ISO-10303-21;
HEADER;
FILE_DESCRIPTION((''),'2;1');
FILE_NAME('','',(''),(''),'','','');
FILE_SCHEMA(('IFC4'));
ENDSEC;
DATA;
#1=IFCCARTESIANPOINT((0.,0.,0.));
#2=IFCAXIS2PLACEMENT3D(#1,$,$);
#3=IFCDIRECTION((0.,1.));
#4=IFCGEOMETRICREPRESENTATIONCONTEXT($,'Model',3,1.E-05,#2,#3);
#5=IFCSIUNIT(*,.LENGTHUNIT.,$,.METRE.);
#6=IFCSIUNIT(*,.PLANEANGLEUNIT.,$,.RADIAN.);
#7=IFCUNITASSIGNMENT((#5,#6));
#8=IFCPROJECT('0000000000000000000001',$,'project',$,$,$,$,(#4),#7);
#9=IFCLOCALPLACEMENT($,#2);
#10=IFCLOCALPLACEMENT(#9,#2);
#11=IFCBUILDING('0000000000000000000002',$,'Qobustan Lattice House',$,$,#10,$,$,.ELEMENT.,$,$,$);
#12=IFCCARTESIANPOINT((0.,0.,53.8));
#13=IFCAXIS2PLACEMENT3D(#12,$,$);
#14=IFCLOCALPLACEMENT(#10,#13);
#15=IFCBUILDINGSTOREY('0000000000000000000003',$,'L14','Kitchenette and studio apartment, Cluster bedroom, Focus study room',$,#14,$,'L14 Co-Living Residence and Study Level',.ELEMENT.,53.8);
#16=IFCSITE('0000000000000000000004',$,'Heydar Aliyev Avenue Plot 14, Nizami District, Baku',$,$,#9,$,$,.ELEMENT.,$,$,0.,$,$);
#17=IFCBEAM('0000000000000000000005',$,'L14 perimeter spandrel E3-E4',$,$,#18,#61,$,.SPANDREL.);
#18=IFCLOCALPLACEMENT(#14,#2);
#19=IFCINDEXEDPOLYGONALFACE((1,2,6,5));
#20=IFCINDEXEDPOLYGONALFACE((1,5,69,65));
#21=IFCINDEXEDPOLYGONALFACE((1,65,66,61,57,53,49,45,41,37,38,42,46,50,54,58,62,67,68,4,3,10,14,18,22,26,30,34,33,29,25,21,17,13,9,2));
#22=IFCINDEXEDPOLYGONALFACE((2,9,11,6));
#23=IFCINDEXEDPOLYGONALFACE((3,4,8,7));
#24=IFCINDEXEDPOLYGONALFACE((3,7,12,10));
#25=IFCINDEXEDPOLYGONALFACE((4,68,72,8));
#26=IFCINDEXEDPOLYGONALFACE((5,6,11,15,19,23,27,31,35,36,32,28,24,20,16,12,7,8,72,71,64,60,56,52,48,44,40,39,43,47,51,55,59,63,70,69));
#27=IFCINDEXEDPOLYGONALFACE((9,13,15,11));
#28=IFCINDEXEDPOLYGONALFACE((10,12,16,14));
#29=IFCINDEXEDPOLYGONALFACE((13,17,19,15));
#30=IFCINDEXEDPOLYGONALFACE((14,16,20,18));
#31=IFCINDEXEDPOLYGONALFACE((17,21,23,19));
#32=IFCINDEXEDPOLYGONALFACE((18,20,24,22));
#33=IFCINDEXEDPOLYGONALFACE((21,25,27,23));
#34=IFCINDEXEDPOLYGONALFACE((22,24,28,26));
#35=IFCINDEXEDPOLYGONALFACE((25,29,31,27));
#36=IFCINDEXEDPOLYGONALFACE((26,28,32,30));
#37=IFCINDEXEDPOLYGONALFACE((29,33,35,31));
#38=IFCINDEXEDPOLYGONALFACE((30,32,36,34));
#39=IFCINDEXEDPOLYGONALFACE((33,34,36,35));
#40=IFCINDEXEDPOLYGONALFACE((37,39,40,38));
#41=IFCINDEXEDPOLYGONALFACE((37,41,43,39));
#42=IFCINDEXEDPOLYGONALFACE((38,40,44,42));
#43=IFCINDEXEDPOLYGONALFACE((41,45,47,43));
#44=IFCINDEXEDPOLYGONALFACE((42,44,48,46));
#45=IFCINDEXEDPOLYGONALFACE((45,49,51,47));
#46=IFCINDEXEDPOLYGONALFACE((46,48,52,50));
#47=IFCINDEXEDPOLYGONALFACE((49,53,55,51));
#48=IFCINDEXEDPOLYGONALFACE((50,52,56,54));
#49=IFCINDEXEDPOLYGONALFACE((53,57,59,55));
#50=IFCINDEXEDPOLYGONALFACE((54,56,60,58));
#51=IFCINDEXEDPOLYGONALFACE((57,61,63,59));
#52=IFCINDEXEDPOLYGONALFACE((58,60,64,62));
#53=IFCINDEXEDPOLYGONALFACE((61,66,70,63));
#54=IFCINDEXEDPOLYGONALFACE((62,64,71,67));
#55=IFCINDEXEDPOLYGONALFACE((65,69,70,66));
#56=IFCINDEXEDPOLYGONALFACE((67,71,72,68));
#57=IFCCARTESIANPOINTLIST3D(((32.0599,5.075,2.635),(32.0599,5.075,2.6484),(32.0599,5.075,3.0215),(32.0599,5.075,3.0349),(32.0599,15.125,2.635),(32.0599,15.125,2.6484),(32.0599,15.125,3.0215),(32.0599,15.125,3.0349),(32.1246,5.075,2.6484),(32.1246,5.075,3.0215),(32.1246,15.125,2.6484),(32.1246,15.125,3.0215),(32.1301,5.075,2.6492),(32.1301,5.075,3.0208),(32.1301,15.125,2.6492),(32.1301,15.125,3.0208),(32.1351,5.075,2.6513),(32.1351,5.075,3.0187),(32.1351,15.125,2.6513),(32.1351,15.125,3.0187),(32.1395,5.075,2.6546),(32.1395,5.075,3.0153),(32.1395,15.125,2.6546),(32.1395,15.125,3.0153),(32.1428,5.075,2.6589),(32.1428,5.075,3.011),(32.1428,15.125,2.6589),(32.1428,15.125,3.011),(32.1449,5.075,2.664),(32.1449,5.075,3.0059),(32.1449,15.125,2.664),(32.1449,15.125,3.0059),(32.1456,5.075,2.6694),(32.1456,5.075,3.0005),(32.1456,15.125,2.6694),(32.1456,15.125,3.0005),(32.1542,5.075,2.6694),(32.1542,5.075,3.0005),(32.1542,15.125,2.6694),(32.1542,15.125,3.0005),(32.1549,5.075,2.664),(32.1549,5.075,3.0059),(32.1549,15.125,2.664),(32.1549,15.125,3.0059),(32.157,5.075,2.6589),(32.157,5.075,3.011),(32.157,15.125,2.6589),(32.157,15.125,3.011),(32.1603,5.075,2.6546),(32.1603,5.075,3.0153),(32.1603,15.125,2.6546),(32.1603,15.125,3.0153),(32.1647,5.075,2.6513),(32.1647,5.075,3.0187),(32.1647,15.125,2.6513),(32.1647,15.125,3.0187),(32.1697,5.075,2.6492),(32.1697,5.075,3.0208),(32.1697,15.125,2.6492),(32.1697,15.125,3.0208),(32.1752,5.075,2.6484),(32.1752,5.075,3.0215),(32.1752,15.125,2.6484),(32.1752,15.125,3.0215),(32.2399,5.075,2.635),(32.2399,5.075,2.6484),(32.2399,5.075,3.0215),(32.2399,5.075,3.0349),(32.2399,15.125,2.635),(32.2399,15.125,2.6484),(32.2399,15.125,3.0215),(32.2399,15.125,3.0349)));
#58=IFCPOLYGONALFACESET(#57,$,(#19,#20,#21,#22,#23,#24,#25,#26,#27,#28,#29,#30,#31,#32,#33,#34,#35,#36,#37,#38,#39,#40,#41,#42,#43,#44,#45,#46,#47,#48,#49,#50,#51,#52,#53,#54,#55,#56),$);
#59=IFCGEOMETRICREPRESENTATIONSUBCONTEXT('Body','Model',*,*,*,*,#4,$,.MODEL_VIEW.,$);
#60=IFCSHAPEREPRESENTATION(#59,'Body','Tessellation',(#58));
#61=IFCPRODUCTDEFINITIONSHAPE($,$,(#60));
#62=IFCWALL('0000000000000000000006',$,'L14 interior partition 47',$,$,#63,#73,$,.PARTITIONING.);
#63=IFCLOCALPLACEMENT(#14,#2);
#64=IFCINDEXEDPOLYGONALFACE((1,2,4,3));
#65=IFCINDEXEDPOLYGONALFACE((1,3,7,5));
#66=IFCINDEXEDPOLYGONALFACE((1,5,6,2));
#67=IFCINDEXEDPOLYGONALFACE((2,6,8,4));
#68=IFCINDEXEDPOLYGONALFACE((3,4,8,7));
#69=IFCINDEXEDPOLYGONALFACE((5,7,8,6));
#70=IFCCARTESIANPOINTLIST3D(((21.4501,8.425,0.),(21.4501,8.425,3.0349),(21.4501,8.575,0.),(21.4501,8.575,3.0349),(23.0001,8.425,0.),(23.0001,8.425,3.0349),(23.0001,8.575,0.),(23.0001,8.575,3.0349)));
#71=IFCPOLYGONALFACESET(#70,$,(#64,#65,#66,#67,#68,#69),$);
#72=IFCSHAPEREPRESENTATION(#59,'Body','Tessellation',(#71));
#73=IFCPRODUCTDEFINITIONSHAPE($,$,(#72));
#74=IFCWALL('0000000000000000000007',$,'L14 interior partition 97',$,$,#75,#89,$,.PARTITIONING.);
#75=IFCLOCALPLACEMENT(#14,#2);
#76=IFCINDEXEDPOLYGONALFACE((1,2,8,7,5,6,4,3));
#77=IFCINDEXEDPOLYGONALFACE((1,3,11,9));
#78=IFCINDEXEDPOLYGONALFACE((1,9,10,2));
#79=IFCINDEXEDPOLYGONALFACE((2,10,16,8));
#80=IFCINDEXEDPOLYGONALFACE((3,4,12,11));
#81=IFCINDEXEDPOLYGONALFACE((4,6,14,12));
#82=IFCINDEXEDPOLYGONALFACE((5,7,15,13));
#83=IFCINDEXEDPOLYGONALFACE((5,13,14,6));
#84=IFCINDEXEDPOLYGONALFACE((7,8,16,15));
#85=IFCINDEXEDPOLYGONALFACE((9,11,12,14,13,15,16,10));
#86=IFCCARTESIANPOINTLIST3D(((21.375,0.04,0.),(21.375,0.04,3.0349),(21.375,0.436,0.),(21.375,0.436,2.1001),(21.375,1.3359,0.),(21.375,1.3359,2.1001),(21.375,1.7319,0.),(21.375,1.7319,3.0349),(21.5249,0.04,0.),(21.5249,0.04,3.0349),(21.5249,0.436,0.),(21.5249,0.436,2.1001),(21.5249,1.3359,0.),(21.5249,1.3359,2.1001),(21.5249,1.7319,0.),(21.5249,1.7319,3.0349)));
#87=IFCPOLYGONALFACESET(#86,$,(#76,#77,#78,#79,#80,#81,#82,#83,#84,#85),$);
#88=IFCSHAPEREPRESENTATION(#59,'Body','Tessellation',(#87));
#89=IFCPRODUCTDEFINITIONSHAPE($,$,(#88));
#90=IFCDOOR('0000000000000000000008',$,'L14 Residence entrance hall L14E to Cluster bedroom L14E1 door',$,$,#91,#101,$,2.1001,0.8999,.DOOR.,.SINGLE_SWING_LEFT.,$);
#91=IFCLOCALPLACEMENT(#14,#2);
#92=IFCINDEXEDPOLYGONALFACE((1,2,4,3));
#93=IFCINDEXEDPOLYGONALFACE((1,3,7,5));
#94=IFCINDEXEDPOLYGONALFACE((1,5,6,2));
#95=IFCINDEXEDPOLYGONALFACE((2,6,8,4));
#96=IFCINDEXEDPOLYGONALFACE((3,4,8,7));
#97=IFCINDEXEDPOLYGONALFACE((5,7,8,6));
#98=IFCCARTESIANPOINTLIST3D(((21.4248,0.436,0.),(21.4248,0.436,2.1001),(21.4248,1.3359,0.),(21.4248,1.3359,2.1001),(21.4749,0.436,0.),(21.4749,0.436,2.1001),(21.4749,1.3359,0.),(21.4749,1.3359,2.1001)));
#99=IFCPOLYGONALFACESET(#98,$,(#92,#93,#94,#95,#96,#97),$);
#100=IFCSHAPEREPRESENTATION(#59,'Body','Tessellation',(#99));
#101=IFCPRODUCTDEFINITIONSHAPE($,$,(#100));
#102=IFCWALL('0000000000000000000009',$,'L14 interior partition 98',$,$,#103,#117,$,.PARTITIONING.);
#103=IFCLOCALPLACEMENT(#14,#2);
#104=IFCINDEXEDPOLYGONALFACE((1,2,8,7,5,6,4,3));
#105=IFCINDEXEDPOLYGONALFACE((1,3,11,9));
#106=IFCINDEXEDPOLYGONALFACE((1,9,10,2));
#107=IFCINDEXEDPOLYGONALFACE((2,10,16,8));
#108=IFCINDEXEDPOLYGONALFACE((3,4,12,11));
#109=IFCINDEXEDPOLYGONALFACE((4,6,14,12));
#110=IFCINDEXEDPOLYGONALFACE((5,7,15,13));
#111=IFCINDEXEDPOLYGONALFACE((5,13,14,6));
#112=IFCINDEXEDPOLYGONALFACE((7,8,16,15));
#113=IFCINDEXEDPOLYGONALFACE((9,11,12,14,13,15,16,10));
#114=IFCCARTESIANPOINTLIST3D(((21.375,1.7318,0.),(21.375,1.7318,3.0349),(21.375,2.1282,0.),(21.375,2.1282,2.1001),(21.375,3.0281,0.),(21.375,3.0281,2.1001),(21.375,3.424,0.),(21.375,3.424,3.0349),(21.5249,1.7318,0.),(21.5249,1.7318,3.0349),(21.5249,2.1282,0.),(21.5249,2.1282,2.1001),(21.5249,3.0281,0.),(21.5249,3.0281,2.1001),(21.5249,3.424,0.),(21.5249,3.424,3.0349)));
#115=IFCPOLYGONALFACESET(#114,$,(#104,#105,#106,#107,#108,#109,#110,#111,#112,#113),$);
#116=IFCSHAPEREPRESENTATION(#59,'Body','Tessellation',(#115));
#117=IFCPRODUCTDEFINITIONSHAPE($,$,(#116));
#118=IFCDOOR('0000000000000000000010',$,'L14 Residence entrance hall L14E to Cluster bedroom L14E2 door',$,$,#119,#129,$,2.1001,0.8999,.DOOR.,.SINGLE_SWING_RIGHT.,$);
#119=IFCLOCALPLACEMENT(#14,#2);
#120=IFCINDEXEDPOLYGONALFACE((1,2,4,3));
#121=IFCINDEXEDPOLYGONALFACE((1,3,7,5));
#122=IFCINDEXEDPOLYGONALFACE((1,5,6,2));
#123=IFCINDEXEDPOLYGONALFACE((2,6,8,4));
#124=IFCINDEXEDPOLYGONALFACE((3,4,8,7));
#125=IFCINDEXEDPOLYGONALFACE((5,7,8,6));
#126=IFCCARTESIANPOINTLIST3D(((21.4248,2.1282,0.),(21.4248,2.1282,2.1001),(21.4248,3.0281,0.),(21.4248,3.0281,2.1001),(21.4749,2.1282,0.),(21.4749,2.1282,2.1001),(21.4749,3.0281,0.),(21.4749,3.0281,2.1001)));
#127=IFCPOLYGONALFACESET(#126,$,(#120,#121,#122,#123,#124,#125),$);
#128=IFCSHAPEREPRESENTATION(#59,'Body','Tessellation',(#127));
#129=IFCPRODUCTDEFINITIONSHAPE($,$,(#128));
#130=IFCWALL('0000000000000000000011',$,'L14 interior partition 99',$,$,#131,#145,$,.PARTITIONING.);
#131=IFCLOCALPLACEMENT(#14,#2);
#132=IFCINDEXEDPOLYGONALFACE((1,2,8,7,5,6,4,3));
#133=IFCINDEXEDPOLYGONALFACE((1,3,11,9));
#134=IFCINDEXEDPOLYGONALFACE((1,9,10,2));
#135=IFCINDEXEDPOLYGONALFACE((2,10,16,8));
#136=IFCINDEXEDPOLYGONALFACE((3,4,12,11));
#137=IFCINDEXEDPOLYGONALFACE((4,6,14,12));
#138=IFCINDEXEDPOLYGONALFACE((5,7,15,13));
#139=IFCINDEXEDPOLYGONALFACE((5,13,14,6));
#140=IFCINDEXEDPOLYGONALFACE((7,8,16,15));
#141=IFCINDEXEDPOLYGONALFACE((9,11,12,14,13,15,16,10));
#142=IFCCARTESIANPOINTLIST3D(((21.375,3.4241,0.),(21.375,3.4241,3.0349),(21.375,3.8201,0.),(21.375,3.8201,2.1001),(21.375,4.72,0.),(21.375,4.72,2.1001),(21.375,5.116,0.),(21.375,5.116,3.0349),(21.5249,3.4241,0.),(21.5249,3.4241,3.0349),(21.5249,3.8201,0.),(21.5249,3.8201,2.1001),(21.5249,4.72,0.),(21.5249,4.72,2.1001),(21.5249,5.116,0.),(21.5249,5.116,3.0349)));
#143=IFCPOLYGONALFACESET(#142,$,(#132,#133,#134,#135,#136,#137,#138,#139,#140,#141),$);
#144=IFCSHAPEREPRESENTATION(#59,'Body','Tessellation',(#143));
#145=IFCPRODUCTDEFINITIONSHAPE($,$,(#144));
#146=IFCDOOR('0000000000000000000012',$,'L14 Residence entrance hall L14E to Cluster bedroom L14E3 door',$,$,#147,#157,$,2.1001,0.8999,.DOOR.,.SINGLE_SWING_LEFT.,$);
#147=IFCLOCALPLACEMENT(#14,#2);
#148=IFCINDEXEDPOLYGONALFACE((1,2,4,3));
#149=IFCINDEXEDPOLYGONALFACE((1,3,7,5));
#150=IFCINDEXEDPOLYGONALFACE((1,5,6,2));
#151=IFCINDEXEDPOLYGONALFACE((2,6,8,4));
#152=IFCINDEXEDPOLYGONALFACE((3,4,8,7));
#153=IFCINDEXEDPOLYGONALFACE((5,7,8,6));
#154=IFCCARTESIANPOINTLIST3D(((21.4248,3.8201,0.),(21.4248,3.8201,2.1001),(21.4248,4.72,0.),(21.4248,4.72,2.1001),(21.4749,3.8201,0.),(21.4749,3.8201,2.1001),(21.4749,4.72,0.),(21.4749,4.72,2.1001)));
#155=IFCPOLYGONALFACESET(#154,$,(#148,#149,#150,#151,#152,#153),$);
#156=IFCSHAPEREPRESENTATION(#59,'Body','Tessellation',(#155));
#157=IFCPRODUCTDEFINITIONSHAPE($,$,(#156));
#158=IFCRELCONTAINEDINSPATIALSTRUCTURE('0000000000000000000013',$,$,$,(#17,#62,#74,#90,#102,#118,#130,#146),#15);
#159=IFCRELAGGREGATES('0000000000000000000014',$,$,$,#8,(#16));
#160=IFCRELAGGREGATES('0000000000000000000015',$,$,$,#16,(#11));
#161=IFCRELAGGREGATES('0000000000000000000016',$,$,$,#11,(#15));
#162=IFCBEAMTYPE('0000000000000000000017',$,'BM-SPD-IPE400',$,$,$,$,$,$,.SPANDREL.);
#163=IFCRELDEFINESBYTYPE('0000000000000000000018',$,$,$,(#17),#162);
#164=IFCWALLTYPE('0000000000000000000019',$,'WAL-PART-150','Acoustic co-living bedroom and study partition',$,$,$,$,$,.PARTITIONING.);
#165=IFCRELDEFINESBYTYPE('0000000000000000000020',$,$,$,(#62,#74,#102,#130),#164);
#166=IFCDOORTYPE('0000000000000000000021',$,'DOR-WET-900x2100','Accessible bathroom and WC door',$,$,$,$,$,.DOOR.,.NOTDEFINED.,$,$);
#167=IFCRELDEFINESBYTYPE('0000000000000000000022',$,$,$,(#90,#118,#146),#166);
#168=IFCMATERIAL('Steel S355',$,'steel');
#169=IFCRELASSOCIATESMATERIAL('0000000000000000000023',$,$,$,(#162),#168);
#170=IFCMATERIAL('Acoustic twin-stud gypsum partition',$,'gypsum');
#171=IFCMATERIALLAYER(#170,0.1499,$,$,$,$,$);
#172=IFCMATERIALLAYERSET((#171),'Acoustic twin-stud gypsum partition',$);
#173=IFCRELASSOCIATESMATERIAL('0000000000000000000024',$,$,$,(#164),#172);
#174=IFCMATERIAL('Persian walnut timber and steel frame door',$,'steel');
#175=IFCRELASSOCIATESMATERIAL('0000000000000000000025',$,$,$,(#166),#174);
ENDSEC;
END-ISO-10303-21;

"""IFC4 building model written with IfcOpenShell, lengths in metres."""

from ifc_helpers import new_model, si_unit, direction, frame, frame_2d, origin, origin_2d, place, context, subcontext, project, spatial, rectangle, i_section, extrude, material, layer, layer_set, material_profile, profile_set, type_object, element, fill, save


model = new_model("IFC4")

# Units and contexts
model_context = context("Model", 3, precision=1e-05, world=origin(), true_north=direction((0.0, 1.0)))
body_context = subcontext(model_context, "Body", "Model", "MODEL_VIEW")
ifc_project = project(units=[si_unit("LENGTHUNIT", "METRE"), si_unit("PLANEANGLEUNIT", "RADIAN")], contexts=[model_context])

# Site, building, storey
site_placement = place(None, origin())
site = spatial("IfcSite", under=ifc_project, at=site_placement, Name="Heydar Aliyev Avenue Plot 14, Nizami District, Baku", CompositionType="ELEMENT", RefElevation=0.0)
building_placement = place(site_placement, origin())
building = spatial("IfcBuilding", under=site, at=building_placement, Name="Qobustan Lattice House", CompositionType="ELEMENT")
storey_placement = place(building_placement, frame((0.0, 0.0, 53.8)))
storey = spatial("IfcBuildingStorey", under=building, at=storey_placement, Name="L14", Description="Kitchenette and studio apartment, Cluster bedroom, Focus study room", LongName="L14 Co-Living Residence and Study Level", CompositionType="ELEMENT", Elevation=53.8)

# Beam
ifc_material_1 = material(Name="Steel S355", Category="steel")
ifc_material_profile_1 = material_profile(ifc_material_1, i_section(OverallWidth=0.1799, OverallDepth=0.3999, WebThickness=0.0085, FlangeThickness=0.0134, FilletRadius=0.021, at=origin_2d()), Name="IPE400")
ifc_profile_set_1 = profile_set([ifc_material_profile_1], Name="Steel S355")
beam_type_1 = type_object("IfcBeamType", Name="BM-SPD-IPE400", PredefinedType="SPANDREL", material=ifc_profile_set_1)
beam_1_placement = place(storey_placement, frame((32.1499, 5.075, 2.835), z_axis=(0.0, 1.0, 0.0), x_axis=(-1.0, 0.0, 0.0)))
element("IfcBeam", 1, at=beam_1_placement, inside=storey, type_object=beam_type_1, Name="L14 perimeter spandrel E3-E4", PredefinedType="SPANDREL", context=body_context, shape_type="SweptSolid", body=[
    extrude(i_section(OverallWidth=0.1799, OverallDepth=0.3999, WebThickness=0.0085, FlangeThickness=0.0134, FilletRadius=0.021, at=origin_2d()), origin(), (0.0, 0.0, 1.0), 10.05),
])

# Wall
ifc_material_2 = material(Name="Acoustic twin-stud gypsum partition", Category="gypsum")
ifc_layer_1 = layer(ifc_material_2, 0.1499)
ifc_layer_set_1 = layer_set([ifc_layer_1], Name="Acoustic twin-stud gypsum partition")
wall_type_1 = type_object("IfcWallType", Name="WAL-PART-150", Description="Acoustic co-living bedroom and study partition", PredefinedType="PARTITIONING", material=ifc_layer_set_1)
wall_1_placement = place(storey_placement, frame((23.0, 8.5, 0.0), z_axis=(0.0, 0.0, 1.0), x_axis=(-1.0, 0.0, 0.0)))
element("IfcWall", 2, at=wall_1_placement, inside=storey, type_object=wall_type_1, Name="L14 interior partition 47", PredefinedType="PARTITIONING", context=body_context, shape_type="SweptSolid", body=[
    extrude(rectangle(XDim=1.55, YDim=0.1499, at=frame_2d((0.7749, 0.0))), origin(), (0.0, 0.0, 1.0), 3.0349),
])

# Walls, openings, doors
wall_2_placement = place(storey_placement, frame((21.45, 1.7319, 0.0), z_axis=(0.0, 0.0, 1.0), x_axis=(0.0, -1.0, 0.0)))
wall_2 = element("IfcWall", 3, at=wall_2_placement, inside=storey, type_object=wall_type_1, Name="L14 interior partition 97", PredefinedType="PARTITIONING", context=body_context, shape_type="SweptSolid", body=[
    extrude(rectangle(XDim=1.6919, YDim=0.1499, at=frame_2d((0.8459, 0.0))), origin(), (0.0, 0.0, 1.0), 3.0349),
])
opening_1_placement = place(wall_2_placement, frame((0.396, 0.0, 0.0)))
opening_1 = element("IfcOpeningElement", 4, at=opening_1_placement, cuts=wall_2, PredefinedType="OPENING", context=body_context, shape_type="SweptSolid", body=[
    extrude(rectangle(XDim=0.8999, YDim=2.1001, at=frame_2d((0.45, 1.05))), frame((0.0, 0.085, 0.0), z_axis=(0.0, -1.0, 0.0), x_axis=(1.0, 0.0, 0.0)), (0.0, 0.0, 1.0), 0.1699),
])
ifc_material_3 = material(Name="Persian walnut timber and steel frame door", Category="steel")
door_type_1 = type_object("IfcDoorType", Name="DOR-WET-900x2100", Description="Accessible bathroom and WC door", OperationType="NOTDEFINED", PredefinedType="DOOR", material=ifc_material_3)
door_1_placement = place(opening_1_placement, origin())
door_1 = element("IfcDoor", 5, at=door_1_placement, inside=storey, type_object=door_type_1, Name="L14 Residence entrance hall L14E to Cluster bedroom L14E1 door", OperationType="SINGLE_SWING_LEFT", OverallHeight=2.1001, OverallWidth=0.8999, PredefinedType="DOOR", context=body_context, shape_type="SweptSolid", body=[
    extrude(rectangle(XDim=0.8999, YDim=2.1001, at=frame_2d((0.45, 1.05))), frame((0.0, 0.0249, 0.0), z_axis=(0.0, -1.0, 0.0), x_axis=(1.0, 0.0, 0.0)), (0.0, 0.0, 1.0), 0.05),
])
fill(opening_1, door_1)
wall_3_placement = place(storey_placement, frame((21.45, 3.4241, 0.0), z_axis=(0.0, 0.0, 1.0), x_axis=(0.0, -1.0, 0.0)))
wall_3 = element("IfcWall", 6, at=wall_3_placement, inside=storey, type_object=wall_type_1, Name="L14 interior partition 98", PredefinedType="PARTITIONING", context=body_context, shape_type="SweptSolid", body=[
    extrude(rectangle(XDim=1.6921, YDim=0.1499, at=frame_2d((0.8462, 0.0))), origin(), (0.0, 0.0, 1.0), 3.0349),
])
opening_2_placement = place(wall_3_placement, frame((0.396, 0.0, 0.0)))
opening_2 = element("IfcOpeningElement", 7, at=opening_2_placement, cuts=wall_3, PredefinedType="OPENING", context=body_context, shape_type="SweptSolid", body=[
    extrude(rectangle(XDim=0.8999, YDim=2.1001, at=frame_2d((0.45, 1.05))), frame((0.0, 0.085, 0.0), z_axis=(0.0, -1.0, 0.0), x_axis=(1.0, 0.0, 0.0)), (0.0, 0.0, 1.0), 0.1699),
])
door_2_placement = place(opening_2_placement, origin())
door_2 = element("IfcDoor", 8, at=door_2_placement, inside=storey, type_object=door_type_1, Name="L14 Residence entrance hall L14E to Cluster bedroom L14E2 door", OperationType="SINGLE_SWING_RIGHT", OverallHeight=2.1001, OverallWidth=0.8999, PredefinedType="DOOR", context=body_context, shape_type="SweptSolid", body=[
    extrude(rectangle(XDim=0.8999, YDim=2.1001, at=frame_2d((0.45, 1.05))), frame((0.0, 0.0249, 0.0), z_axis=(0.0, -1.0, 0.0), x_axis=(1.0, 0.0, 0.0)), (0.0, 0.0, 1.0), 0.05),
])
fill(opening_2, door_2)
wall_4_placement = place(storey_placement, frame((21.45, 5.116, 0.0), z_axis=(0.0, 0.0, 1.0), x_axis=(0.0, -1.0, 0.0)))
wall_4 = element("IfcWall", 9, at=wall_4_placement, inside=storey, type_object=wall_type_1, Name="L14 interior partition 99", PredefinedType="PARTITIONING", context=body_context, shape_type="SweptSolid", body=[
    extrude(rectangle(XDim=1.6919, YDim=0.1499, at=frame_2d((0.8459, 0.0))), origin(), (0.0, 0.0, 1.0), 3.0349),
])
opening_3_placement = place(wall_4_placement, frame((0.396, 0.0, 0.0)))
opening_3 = element("IfcOpeningElement", 10, at=opening_3_placement, cuts=wall_4, PredefinedType="OPENING", context=body_context, shape_type="SweptSolid", body=[
    extrude(rectangle(XDim=0.8999, YDim=2.1001, at=frame_2d((0.45, 1.05))), frame((0.0, 0.085, 0.0), z_axis=(0.0, -1.0, 0.0), x_axis=(1.0, 0.0, 0.0)), (0.0, 0.0, 1.0), 0.1699),
])
door_3_placement = place(opening_3_placement, origin())
door_3 = element("IfcDoor", 11, at=door_3_placement, inside=storey, type_object=door_type_1, Name="L14 Residence entrance hall L14E to Cluster bedroom L14E3 door", OperationType="SINGLE_SWING_LEFT", OverallHeight=2.1001, OverallWidth=0.8999, PredefinedType="DOOR", context=body_context, shape_type="SweptSolid", body=[
    extrude(rectangle(XDim=0.8999, YDim=2.1001, at=frame_2d((0.45, 1.05))), frame((0.0, 0.0249, 0.0), z_axis=(0.0, -1.0, 0.0), x_axis=(1.0, 0.0, 0.0)), (0.0, 0.0, 1.0), 0.05),
])
fill(opening_3, door_3)

save(model, "model.ifc")
